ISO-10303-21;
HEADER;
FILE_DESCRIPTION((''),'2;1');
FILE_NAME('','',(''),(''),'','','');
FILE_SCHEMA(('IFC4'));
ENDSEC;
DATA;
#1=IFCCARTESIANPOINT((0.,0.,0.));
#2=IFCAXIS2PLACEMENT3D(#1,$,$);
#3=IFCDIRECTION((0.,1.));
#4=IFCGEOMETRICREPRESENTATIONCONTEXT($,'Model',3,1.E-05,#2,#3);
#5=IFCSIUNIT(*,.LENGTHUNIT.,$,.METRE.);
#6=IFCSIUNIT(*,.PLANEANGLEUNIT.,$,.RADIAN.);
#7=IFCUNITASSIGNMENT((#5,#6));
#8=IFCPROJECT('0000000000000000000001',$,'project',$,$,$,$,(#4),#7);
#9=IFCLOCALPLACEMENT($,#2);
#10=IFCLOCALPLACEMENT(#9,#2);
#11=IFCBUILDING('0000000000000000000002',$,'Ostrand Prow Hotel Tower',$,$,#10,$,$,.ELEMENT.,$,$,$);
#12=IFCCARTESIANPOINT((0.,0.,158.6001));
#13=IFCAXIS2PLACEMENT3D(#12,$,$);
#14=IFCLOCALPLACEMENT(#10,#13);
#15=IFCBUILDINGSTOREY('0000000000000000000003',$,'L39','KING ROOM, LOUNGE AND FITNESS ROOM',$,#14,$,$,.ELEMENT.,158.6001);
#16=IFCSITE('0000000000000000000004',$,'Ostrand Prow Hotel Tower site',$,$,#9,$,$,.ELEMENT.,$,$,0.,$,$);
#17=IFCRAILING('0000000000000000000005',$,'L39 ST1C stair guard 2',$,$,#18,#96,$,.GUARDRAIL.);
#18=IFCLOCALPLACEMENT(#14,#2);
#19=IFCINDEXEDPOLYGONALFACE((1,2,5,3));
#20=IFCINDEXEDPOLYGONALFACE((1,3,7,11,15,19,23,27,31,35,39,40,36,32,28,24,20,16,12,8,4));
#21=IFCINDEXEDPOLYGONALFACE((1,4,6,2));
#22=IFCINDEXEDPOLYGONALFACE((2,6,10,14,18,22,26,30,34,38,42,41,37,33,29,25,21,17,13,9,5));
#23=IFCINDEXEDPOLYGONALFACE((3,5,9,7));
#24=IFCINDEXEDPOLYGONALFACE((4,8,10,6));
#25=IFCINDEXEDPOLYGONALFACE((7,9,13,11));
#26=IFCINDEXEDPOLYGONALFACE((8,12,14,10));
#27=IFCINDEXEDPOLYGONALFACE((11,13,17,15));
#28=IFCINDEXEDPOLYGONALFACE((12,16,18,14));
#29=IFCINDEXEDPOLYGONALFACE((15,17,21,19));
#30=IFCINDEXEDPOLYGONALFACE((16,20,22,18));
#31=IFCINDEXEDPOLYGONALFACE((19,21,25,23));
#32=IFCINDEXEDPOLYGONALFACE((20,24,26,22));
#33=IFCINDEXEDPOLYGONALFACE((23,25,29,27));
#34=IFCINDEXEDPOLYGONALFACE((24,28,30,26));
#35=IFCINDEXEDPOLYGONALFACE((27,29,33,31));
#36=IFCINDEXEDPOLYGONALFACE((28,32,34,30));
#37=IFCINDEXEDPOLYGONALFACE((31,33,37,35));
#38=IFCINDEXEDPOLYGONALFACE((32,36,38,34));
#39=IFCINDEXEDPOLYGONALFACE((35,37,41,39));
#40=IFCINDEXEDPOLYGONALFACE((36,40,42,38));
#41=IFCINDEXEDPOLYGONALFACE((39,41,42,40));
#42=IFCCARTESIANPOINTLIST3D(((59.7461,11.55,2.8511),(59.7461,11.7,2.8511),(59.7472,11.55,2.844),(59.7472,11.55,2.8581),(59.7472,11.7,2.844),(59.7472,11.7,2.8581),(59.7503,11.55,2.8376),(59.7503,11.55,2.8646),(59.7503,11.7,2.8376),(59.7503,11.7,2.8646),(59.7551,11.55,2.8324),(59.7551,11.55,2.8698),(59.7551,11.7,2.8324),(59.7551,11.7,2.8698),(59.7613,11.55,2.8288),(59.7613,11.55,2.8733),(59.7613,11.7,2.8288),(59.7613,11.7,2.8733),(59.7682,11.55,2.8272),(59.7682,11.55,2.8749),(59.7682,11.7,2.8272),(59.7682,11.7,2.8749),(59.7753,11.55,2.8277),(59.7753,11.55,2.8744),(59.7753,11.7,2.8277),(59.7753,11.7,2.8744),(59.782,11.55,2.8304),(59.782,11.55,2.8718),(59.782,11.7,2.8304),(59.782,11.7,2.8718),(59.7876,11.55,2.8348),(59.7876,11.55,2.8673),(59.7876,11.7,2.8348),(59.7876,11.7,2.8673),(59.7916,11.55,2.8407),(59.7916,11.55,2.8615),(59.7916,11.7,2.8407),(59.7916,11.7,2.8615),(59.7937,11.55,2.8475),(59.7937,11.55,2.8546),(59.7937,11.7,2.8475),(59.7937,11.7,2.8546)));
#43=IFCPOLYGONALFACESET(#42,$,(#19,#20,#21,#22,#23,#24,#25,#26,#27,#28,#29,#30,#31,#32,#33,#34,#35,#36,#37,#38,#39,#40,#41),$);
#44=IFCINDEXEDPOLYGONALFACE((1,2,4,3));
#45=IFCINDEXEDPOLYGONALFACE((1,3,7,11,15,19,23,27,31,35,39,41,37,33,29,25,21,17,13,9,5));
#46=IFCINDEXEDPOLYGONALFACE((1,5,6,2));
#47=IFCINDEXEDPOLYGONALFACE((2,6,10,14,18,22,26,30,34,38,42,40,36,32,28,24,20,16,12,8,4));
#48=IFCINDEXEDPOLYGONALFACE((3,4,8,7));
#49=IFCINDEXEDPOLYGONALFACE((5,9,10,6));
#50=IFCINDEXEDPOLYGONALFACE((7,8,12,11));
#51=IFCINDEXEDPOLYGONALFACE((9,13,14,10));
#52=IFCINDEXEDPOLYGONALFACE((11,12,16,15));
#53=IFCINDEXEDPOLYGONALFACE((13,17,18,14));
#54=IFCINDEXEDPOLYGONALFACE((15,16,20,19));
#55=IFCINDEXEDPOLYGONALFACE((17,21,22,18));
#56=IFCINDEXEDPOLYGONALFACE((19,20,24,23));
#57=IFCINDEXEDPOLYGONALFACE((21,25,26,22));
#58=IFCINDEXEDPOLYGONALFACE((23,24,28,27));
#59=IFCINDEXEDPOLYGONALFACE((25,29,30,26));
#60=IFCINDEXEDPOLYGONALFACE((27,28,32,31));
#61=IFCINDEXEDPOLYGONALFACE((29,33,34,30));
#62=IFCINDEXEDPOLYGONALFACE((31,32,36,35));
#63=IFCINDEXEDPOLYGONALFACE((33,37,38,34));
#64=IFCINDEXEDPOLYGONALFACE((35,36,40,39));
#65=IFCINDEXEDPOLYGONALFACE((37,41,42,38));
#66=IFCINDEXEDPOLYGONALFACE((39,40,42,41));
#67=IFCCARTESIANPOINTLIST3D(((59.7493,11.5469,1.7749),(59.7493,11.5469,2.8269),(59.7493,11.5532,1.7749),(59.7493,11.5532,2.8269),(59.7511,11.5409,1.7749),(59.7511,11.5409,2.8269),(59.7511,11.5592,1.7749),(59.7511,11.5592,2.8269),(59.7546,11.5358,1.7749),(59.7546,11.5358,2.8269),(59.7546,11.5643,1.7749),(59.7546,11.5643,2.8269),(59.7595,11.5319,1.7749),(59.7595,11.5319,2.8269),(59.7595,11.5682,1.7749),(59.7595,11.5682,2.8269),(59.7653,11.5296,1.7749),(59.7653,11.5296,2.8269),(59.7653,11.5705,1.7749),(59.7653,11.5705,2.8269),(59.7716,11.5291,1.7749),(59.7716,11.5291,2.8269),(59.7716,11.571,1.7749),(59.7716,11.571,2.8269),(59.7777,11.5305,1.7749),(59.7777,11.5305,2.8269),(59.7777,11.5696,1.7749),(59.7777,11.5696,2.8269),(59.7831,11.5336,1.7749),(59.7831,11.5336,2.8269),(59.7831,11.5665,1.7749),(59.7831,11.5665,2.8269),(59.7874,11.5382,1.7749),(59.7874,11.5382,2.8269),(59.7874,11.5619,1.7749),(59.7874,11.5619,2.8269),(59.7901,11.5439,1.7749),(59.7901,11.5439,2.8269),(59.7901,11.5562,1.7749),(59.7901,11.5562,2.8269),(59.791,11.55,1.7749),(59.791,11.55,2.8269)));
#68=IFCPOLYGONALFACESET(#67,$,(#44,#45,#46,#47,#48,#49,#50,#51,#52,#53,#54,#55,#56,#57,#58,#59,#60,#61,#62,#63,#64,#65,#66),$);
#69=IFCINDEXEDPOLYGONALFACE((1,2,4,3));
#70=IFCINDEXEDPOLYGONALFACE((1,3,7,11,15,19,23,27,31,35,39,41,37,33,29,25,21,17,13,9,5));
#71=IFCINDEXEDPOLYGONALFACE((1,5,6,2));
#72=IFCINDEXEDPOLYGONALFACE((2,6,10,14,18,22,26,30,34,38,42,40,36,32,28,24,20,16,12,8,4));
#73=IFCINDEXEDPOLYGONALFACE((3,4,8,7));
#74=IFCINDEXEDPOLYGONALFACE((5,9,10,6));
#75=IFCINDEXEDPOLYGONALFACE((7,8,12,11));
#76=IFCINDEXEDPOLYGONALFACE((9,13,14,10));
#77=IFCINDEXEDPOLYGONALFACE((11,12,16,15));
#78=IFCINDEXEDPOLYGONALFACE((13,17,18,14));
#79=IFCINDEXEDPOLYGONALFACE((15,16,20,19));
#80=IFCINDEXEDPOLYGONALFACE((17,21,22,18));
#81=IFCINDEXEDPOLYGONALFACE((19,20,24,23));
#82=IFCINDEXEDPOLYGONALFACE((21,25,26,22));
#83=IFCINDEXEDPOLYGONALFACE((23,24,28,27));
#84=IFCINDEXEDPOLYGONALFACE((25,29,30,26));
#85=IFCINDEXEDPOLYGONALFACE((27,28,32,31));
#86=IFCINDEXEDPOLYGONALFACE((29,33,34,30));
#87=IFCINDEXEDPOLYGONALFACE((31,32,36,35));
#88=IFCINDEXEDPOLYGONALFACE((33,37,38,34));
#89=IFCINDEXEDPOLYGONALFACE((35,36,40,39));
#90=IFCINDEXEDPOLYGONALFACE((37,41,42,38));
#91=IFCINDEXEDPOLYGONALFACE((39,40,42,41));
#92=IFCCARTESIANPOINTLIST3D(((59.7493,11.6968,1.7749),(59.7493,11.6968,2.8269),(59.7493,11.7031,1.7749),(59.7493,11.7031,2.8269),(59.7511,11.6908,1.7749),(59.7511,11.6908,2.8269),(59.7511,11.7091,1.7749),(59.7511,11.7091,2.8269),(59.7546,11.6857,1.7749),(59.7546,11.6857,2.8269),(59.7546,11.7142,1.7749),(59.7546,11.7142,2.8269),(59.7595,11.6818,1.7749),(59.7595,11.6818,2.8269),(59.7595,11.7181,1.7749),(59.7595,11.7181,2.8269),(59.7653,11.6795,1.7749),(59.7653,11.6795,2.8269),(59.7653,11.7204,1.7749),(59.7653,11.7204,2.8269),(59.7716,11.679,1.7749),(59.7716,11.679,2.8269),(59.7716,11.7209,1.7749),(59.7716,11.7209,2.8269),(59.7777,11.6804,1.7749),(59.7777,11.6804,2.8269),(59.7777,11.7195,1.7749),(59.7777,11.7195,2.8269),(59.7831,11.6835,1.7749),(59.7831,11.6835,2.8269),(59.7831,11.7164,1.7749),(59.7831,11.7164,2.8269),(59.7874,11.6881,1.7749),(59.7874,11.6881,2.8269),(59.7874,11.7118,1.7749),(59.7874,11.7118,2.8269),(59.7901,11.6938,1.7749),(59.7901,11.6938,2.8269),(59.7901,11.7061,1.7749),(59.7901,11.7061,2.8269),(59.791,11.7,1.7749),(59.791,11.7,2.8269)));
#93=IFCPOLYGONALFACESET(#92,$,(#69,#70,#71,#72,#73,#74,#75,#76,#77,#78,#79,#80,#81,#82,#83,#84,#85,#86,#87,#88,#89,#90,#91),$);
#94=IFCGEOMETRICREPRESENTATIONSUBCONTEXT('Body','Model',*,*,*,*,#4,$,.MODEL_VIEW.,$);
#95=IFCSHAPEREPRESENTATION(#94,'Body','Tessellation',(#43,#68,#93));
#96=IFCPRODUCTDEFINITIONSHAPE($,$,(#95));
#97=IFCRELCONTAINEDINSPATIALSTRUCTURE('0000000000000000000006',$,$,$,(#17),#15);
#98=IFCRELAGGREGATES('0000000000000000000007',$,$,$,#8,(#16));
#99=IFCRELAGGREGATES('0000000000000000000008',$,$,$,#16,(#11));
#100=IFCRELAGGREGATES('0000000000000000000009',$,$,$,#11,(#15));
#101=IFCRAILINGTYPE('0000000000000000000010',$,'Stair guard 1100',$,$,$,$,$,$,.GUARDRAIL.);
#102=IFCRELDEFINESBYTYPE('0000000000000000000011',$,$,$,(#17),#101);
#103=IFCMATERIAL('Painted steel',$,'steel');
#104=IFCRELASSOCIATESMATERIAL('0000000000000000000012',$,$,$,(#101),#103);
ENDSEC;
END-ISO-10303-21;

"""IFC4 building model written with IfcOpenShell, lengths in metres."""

from ifc_helpers import new_model, si_unit, direction, frame, origin, origin_2d, place, context, subcontext, project, spatial, circle, extrude, material, type_object, element, save


model = new_model("IFC4")

# Units and contexts
model_context = context("Model", 3, precision=1e-05, world=origin(), true_north=direction((0.0, 1.0)))
body_context = subcontext(model_context, "Body", "Model", "MODEL_VIEW")
ifc_project = project(units=[si_unit("LENGTHUNIT", "METRE"), si_unit("PLANEANGLEUNIT", "RADIAN")], contexts=[model_context])

# Site, building, storey
site_placement = place(None, origin())
site = spatial("IfcSite", under=ifc_project, at=site_placement, Name="Ostrand Prow Hotel Tower site", CompositionType="ELEMENT", RefElevation=0.0)
building_placement = place(site_placement, origin())
building = spatial("IfcBuilding", under=site, at=building_placement, Name="Ostrand Prow Hotel Tower", CompositionType="ELEMENT")
storey_placement = place(building_placement, frame((0.0, 0.0, 158.6001)))
storey = spatial("IfcBuildingStorey", under=building, at=storey_placement, Name="L39", Description="KING ROOM, LOUNGE AND FITNESS ROOM", CompositionType="ELEMENT", Elevation=158.6001)

# Railing
ifc_material_1 = material(Name="Painted steel", Category="steel")
railing_type_1 = type_object("IfcRailingType", Name="Stair guard 1100", PredefinedType="GUARDRAIL", material=ifc_material_1)
railing_1_placement = place(storey_placement, frame((59.77, 11.55, 1.7749)))
element("IfcRailing", 1, at=railing_1_placement, inside=storey, type_object=railing_type_1, Name="L39 ST1C stair guard 2", PredefinedType="GUARDRAIL", context=body_context, shape_type="SweptSolid", body=[
    extrude(circle(Radius=0.0239, at=origin_2d()), frame((0.0, 0.0, 1.0762), z_axis=(0.0, 1.0, 0.0), x_axis=(-1.0, 0.0, 0.0)), (0.0, 0.0, 1.0), 0.1499),
    extrude(circle(Radius=0.021, at=origin_2d()), origin(), (0.0, 0.0, 1.0), 1.052),
    extrude(circle(Radius=0.021, at=origin_2d()), frame((0.0, 0.1499, 0.0)), (0.0, 0.0, 1.0), 1.052),
])

save(model, "model.ifc")
